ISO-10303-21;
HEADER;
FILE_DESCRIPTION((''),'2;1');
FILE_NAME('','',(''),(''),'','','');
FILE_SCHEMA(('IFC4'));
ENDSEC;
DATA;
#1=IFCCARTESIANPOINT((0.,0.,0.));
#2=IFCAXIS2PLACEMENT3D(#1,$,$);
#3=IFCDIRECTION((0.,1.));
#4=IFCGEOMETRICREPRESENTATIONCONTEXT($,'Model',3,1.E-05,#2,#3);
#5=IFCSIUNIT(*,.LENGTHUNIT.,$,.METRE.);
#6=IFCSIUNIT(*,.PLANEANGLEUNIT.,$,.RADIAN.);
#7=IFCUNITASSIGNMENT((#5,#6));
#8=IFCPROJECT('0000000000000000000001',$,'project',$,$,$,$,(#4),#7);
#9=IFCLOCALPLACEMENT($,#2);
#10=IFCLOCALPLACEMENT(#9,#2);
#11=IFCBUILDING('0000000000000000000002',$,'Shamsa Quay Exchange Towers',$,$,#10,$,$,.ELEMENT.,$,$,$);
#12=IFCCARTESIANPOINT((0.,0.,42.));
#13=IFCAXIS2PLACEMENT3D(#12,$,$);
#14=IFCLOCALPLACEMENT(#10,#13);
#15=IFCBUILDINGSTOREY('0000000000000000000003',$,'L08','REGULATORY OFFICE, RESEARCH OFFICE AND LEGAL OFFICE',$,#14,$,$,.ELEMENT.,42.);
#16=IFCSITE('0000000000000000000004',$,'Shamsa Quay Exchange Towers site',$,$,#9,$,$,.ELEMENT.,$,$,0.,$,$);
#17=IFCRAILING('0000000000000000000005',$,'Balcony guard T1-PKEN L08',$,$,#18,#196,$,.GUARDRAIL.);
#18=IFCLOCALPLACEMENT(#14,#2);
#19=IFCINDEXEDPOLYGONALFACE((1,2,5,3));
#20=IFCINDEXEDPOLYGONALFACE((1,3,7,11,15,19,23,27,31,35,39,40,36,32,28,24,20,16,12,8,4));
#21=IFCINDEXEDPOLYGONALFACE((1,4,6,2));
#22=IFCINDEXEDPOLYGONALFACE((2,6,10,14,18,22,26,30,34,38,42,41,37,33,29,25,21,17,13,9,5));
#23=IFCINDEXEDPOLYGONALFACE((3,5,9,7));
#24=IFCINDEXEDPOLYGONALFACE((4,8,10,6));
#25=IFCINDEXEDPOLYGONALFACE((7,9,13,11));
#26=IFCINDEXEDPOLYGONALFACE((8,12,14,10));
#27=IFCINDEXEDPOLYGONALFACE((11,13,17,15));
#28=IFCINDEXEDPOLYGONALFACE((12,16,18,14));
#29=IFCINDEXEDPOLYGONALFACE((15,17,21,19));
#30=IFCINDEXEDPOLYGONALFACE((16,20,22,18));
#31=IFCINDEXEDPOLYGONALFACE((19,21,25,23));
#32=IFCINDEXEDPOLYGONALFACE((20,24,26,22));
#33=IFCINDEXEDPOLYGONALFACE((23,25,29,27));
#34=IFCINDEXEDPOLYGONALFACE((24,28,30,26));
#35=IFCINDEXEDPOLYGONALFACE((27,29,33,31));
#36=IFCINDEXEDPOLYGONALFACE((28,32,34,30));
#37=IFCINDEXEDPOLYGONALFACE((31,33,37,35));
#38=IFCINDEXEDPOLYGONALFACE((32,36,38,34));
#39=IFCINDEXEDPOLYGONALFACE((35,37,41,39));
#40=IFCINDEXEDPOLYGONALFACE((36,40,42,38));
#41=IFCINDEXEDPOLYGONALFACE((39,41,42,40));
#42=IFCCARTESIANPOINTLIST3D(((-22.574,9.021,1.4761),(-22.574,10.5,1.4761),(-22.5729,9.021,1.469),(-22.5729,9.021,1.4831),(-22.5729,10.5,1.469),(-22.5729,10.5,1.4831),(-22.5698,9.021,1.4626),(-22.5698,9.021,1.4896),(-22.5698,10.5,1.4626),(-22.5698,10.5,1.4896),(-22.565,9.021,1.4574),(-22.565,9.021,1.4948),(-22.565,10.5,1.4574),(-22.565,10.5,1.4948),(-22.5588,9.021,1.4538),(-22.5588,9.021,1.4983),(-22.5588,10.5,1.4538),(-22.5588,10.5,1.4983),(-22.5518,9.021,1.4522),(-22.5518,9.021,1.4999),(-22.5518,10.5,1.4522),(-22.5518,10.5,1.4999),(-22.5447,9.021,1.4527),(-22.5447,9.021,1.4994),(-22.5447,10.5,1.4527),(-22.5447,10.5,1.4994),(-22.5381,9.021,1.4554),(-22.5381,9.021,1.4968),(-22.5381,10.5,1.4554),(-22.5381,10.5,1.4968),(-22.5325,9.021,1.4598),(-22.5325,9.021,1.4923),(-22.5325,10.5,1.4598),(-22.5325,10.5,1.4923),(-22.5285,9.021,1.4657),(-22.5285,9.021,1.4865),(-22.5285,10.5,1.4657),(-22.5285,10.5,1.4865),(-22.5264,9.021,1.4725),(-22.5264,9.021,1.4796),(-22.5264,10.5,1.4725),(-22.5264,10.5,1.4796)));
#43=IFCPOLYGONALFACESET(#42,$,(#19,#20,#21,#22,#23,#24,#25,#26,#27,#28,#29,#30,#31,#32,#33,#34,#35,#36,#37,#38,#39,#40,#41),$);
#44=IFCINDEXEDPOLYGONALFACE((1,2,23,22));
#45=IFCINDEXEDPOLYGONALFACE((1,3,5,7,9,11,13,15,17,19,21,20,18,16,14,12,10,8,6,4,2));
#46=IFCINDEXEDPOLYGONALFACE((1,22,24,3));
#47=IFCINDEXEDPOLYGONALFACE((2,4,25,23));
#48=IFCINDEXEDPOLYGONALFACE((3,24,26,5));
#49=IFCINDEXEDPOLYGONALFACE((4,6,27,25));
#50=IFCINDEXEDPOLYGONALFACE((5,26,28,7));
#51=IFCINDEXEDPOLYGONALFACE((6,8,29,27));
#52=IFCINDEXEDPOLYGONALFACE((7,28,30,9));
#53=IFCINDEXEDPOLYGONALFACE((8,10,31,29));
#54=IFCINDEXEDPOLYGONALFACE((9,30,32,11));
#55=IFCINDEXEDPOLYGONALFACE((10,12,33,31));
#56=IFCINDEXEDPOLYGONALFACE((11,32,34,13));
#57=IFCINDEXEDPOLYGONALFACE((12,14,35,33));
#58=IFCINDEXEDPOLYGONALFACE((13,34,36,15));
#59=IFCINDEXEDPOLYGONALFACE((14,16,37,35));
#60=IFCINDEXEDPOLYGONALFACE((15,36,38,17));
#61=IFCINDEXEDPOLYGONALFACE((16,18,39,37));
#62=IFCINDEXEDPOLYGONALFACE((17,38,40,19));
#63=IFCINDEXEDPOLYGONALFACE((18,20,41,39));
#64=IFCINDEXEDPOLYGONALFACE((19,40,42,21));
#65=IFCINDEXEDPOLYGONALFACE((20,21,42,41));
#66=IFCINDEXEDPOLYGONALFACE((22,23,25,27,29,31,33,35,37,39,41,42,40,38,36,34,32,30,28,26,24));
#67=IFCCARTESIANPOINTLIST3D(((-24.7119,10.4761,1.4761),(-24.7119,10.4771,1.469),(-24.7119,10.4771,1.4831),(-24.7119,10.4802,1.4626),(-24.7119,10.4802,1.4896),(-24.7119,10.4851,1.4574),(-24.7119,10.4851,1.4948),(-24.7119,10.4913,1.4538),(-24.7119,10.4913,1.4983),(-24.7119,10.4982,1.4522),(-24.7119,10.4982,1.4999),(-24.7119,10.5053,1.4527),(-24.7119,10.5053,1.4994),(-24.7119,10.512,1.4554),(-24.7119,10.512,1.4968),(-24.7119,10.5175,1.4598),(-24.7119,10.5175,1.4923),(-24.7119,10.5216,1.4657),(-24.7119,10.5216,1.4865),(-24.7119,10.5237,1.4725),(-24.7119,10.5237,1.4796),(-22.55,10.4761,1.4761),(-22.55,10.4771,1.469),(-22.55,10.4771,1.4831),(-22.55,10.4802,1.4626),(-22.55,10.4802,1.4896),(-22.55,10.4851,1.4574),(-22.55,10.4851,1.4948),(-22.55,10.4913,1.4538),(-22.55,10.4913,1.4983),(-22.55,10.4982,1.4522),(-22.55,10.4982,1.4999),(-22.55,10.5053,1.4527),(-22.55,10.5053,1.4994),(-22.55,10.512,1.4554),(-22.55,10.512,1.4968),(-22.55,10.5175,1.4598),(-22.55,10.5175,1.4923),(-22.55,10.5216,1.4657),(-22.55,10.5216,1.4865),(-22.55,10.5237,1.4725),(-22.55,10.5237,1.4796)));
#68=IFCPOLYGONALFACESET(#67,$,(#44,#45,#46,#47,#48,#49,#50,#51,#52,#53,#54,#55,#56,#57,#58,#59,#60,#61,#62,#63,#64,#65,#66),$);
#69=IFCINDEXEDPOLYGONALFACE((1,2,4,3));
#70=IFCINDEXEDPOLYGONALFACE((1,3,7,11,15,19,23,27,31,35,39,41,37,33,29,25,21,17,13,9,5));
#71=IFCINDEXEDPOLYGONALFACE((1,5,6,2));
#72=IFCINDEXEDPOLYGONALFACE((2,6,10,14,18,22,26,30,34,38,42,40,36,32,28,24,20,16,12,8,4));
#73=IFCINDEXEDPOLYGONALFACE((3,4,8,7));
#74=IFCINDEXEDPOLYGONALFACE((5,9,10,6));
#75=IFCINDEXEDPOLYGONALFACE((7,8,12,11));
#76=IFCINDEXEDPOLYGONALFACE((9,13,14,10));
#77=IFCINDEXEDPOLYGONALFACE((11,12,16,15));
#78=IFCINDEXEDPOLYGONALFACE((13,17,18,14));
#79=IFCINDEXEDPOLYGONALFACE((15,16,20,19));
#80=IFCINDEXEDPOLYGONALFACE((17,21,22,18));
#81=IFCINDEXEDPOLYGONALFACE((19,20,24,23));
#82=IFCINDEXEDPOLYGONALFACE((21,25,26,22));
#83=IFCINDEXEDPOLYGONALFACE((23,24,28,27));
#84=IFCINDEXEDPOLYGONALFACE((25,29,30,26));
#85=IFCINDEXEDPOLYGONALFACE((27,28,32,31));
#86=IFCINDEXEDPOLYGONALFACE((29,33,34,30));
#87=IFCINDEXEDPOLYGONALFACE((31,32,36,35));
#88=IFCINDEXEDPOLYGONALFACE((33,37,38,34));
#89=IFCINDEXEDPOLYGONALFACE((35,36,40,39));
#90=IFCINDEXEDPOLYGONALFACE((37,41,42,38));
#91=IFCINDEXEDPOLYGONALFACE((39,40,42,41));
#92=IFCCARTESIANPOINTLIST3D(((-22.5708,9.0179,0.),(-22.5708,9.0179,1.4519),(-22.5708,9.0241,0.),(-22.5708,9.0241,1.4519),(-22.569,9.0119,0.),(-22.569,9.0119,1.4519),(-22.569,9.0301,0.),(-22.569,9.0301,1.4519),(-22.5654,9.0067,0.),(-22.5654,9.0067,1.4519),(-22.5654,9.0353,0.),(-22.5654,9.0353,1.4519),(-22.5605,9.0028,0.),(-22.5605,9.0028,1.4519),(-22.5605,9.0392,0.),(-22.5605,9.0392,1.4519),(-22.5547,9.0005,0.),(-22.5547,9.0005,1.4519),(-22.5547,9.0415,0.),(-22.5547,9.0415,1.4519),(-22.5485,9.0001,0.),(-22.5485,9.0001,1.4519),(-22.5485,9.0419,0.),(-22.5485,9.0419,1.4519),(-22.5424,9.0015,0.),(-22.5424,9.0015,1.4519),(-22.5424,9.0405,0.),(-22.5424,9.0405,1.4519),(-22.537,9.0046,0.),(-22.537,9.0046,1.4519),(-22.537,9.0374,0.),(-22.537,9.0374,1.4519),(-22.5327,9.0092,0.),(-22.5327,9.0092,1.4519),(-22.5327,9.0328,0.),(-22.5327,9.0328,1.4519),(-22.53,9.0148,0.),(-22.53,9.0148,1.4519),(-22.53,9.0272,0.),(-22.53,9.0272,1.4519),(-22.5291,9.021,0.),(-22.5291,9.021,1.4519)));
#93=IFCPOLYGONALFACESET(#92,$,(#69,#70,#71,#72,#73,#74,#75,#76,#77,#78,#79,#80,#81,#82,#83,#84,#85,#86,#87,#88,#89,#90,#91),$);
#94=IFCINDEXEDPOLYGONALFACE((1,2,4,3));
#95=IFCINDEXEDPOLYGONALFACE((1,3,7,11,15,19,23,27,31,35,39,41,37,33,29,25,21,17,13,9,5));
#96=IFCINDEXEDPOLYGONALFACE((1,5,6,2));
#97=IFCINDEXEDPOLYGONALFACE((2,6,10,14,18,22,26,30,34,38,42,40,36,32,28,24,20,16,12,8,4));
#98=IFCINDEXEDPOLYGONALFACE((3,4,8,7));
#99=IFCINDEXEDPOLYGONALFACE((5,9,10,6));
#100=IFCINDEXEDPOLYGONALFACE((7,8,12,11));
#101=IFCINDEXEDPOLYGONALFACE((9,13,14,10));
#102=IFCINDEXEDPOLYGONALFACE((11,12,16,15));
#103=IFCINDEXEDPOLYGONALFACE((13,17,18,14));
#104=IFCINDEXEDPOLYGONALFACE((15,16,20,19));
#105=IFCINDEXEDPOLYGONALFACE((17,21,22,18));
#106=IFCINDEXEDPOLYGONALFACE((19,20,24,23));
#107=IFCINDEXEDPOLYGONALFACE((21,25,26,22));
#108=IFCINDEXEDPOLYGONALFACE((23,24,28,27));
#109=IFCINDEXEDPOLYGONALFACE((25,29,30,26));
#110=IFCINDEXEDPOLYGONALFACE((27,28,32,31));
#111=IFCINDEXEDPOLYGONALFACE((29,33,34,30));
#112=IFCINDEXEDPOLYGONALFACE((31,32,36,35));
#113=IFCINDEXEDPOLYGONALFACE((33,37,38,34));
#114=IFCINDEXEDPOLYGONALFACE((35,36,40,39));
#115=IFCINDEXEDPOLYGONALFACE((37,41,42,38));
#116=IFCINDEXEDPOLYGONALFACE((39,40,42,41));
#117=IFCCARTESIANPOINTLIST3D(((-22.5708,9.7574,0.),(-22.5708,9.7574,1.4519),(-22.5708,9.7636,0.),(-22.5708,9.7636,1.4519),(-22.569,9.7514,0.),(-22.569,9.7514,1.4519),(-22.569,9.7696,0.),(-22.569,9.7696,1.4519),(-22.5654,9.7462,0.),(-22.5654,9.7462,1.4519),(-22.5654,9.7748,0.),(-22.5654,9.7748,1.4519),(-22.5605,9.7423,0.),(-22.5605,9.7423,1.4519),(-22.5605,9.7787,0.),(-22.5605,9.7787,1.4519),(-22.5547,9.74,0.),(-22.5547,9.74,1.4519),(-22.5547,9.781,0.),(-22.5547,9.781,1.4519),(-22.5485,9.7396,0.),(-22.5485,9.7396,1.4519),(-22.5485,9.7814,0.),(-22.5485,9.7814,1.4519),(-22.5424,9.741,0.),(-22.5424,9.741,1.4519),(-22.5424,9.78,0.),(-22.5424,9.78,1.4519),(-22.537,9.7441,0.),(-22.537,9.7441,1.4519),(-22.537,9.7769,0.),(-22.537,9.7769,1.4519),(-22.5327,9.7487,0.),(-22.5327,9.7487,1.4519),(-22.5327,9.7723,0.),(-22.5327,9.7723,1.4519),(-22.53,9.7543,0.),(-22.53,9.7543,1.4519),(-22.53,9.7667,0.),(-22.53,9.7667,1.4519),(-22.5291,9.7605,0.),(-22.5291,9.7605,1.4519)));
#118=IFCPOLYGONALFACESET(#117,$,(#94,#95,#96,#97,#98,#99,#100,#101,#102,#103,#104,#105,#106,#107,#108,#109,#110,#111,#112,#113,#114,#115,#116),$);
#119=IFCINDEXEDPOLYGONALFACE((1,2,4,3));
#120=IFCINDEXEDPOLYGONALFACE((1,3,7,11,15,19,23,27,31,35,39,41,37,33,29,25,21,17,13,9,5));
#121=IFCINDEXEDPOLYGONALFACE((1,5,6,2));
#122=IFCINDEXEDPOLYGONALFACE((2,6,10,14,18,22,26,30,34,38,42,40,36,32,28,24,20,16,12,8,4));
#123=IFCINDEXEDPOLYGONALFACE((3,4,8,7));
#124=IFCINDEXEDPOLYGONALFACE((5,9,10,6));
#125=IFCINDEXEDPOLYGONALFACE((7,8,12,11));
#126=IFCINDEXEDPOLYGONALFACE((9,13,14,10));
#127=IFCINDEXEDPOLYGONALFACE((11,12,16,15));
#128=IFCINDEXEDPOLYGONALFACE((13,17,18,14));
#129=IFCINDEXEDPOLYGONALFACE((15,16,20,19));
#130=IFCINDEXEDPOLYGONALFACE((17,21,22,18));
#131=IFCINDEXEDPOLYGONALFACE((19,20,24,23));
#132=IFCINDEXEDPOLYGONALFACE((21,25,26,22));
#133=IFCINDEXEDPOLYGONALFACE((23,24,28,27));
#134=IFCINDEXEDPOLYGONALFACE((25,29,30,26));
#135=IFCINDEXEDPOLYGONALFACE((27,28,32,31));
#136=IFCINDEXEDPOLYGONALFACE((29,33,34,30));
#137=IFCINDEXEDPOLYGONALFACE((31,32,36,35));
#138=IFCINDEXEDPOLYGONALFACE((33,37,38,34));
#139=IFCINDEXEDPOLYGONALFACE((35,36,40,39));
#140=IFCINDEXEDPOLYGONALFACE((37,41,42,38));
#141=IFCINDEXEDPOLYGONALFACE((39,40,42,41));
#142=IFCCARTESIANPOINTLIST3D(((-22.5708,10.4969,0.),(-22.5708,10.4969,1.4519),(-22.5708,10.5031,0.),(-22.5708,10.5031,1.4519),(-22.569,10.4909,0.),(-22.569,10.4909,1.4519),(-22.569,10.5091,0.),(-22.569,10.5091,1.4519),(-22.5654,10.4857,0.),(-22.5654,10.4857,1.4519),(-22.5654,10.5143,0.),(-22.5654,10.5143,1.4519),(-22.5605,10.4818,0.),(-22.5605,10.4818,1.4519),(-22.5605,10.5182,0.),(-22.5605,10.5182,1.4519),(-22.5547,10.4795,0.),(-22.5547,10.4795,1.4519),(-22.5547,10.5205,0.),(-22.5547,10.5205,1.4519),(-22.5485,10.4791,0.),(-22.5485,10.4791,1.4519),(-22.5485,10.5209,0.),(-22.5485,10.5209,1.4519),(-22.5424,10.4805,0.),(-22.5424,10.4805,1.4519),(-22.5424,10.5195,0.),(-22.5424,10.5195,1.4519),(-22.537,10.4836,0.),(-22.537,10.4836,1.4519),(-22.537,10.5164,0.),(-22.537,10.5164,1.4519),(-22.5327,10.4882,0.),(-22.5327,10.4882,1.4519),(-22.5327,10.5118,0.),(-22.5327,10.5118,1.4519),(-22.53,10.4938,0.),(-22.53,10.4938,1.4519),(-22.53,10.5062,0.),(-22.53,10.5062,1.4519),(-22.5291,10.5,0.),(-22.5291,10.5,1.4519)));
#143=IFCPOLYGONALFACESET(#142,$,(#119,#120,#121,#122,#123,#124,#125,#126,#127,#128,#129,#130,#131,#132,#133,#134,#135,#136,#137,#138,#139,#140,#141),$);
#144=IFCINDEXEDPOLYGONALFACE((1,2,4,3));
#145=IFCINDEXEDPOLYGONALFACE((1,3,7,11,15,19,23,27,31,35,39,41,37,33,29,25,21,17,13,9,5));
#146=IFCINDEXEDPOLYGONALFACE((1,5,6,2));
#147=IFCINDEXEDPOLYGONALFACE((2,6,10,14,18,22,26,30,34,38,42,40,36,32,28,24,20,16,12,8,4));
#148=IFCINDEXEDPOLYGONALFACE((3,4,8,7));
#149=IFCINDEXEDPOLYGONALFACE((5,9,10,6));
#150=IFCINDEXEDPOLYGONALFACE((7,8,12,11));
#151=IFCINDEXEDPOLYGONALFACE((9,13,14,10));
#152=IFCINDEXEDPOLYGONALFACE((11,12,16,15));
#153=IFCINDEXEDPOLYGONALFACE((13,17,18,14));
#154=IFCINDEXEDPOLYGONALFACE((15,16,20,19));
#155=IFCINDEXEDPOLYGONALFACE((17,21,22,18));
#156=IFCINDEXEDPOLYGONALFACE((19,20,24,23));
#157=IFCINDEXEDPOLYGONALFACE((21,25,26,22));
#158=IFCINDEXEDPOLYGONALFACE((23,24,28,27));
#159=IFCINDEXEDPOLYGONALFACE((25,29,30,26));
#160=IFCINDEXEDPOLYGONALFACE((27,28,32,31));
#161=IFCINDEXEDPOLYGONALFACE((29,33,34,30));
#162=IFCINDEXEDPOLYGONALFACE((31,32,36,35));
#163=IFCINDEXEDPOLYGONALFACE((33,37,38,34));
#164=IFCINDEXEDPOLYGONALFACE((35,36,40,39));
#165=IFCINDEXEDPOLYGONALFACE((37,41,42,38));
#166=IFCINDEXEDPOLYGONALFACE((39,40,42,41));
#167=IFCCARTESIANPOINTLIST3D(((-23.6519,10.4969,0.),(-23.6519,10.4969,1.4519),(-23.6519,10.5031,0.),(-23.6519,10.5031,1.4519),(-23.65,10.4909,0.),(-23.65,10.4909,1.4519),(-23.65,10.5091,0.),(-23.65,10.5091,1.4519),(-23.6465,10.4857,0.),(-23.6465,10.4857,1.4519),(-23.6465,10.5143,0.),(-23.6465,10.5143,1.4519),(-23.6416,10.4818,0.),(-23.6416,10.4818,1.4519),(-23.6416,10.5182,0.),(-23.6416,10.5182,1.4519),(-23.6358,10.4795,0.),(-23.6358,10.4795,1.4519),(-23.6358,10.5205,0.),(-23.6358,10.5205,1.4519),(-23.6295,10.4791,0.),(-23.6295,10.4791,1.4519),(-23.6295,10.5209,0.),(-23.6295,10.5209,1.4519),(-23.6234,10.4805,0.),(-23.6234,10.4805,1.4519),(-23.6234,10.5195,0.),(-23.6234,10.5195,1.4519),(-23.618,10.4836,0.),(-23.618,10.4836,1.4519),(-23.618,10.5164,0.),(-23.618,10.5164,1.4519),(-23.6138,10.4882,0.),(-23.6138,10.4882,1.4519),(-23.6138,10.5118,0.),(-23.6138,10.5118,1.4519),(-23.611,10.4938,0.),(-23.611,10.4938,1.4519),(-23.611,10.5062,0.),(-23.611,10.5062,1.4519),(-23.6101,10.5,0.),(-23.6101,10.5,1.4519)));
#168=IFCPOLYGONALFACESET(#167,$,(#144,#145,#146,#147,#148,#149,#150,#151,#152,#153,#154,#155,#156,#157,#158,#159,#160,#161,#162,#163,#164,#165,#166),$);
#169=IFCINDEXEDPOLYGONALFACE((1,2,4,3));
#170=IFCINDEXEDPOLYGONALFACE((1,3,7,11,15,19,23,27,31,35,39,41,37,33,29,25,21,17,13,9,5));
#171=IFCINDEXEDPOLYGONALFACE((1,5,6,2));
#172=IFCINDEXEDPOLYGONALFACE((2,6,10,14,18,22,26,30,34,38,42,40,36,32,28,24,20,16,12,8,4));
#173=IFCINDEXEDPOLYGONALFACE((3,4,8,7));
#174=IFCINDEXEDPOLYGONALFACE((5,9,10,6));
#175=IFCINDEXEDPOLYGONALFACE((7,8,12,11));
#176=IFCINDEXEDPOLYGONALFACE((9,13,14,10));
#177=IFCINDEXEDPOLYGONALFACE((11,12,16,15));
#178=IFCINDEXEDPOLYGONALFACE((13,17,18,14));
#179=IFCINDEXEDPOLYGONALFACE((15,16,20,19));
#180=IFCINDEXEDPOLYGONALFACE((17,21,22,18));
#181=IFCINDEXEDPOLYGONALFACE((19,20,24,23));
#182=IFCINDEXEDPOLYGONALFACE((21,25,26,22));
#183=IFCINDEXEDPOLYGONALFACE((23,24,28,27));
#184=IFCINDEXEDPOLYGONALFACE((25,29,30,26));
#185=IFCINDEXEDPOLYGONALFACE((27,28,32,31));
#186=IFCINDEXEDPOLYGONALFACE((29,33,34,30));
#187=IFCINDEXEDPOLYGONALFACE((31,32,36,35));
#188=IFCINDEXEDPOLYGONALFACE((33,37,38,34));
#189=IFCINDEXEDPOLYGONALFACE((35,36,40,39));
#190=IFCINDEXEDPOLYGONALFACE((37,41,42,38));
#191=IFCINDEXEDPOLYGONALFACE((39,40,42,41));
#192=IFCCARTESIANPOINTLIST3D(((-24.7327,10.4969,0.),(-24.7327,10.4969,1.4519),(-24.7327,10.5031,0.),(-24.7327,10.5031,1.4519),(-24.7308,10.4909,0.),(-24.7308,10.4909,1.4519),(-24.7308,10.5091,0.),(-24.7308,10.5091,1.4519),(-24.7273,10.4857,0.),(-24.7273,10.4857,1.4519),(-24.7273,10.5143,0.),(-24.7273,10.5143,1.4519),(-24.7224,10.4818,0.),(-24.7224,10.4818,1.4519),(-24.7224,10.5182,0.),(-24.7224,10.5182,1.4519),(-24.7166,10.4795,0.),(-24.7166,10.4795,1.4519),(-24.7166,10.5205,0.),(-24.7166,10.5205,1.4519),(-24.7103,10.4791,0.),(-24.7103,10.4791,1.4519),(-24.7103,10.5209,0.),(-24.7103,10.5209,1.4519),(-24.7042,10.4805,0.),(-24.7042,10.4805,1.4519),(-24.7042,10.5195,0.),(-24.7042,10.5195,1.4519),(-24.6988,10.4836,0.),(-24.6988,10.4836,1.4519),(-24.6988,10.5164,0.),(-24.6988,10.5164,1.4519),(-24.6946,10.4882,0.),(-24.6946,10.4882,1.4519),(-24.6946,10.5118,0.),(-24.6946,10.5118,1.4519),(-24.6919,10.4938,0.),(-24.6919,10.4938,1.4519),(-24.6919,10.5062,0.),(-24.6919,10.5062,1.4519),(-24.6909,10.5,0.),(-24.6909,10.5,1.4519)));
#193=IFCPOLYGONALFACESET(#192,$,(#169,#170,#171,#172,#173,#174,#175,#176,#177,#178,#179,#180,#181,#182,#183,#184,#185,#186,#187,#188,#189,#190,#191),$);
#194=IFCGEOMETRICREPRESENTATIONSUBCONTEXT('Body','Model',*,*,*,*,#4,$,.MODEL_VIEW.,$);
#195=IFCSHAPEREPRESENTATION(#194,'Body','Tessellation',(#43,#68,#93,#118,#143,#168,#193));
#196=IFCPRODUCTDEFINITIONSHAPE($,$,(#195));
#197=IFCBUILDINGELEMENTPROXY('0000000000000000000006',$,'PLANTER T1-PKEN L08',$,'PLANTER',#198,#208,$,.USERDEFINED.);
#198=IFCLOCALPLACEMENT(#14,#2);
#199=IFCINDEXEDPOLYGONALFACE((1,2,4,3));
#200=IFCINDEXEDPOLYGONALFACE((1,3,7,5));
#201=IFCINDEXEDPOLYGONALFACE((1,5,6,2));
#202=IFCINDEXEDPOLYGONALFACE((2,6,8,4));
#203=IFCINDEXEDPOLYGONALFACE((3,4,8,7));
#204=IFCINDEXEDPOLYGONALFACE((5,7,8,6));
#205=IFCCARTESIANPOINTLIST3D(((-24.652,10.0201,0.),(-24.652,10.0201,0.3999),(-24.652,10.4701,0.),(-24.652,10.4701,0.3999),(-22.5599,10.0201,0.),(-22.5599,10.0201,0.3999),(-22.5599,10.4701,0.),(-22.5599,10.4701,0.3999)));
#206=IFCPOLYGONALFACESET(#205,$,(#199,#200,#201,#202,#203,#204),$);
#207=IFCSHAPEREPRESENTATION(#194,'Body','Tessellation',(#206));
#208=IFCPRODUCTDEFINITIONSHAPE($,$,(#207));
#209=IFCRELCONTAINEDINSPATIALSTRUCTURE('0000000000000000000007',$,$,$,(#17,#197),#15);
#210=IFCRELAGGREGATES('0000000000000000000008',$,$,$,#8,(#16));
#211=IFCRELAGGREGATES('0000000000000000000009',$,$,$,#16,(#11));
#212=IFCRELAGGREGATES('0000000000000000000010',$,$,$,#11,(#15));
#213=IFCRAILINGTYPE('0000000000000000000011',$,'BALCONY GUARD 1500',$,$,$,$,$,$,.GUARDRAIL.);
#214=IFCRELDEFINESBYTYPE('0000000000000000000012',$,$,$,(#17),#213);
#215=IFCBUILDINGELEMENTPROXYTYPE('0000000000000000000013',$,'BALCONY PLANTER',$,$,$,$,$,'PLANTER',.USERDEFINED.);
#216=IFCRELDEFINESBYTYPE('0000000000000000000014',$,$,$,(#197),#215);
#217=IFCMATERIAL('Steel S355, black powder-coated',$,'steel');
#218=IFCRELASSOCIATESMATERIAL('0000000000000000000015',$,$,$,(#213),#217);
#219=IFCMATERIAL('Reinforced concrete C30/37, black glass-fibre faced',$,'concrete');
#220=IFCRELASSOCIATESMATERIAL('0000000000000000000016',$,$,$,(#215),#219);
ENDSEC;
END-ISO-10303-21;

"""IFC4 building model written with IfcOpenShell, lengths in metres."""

from ifc_helpers import new_model, si_unit, direction, frame, origin, origin_2d, place, context, subcontext, project, spatial, rectangle, circle, extrude, material, type_object, element, save


model = new_model("IFC4")

# Units and contexts
model_context = context("Model", 3, precision=1e-05, world=origin(), true_north=direction((0.0, 1.0)))
body_context = subcontext(model_context, "Body", "Model", "MODEL_VIEW")
ifc_project = project(units=[si_unit("LENGTHUNIT", "METRE"), si_unit("PLANEANGLEUNIT", "RADIAN")], contexts=[model_context])

# Site, building, storey
site_placement = place(None, origin())
site = spatial("IfcSite", under=ifc_project, at=site_placement, Name="Shamsa Quay Exchange Towers site", CompositionType="ELEMENT", RefElevation=0.0)
building_placement = place(site_placement, origin())
building = spatial("IfcBuilding", under=site, at=building_placement, Name="Shamsa Quay Exchange Towers", CompositionType="ELEMENT")
storey_placement = place(building_placement, frame((0.0, 0.0, 42.0)))
storey = spatial("IfcBuildingStorey", under=building, at=storey_placement, Name="L08", Description="REGULATORY OFFICE, RESEARCH OFFICE AND LEGAL OFFICE", CompositionType="ELEMENT", Elevation=42.0)

# Railing
ifc_material_1 = material(Name="Steel S355, black powder-coated", Category="steel")
railing_type = type_object("IfcRailingType", Name="BALCONY GUARD 1500", PredefinedType="GUARDRAIL", material=ifc_material_1)
railing_placement = place(storey_placement, frame((-22.55, 9.021, 0.0)))
element("IfcRailing", 1, at=railing_placement, inside=storey, type_object=railing_type, Name="Balcony guard T1-PKEN L08", PredefinedType="GUARDRAIL", context=body_context, shape_type="SweptSolid", body=[
    extrude(circle(Radius=0.0239, at=origin_2d()), frame((0.0, 0.0, 1.4761), z_axis=(0.0, 1.0, 0.0), x_axis=(-1.0, 0.0, 0.0)), (0.0, 0.0, 1.0), 1.479),
    extrude(circle(Radius=0.0239, at=origin_2d()), frame((0.0, 1.479, 1.4761), z_axis=(-1.0, 0.0, 0.0), x_axis=(0.0, -1.0, 0.0)), (0.0, 0.0, 1.0), 2.1619),
    extrude(circle(Radius=0.021, at=origin_2d()), origin(), (0.0, 0.0, 1.0), 1.4519),
    extrude(circle(Radius=0.021, at=origin_2d()), frame((0.0, 0.7395, 0.0)), (0.0, 0.0, 1.0), 1.4519),
    extrude(circle(Radius=0.021, at=origin_2d()), frame((0.0, 1.479, 0.0)), (0.0, 0.0, 1.0), 1.4519),
    extrude(circle(Radius=0.021, at=origin_2d()), frame((-1.0811, 1.479, 0.0)), (0.0, 0.0, 1.0), 1.4519),
    extrude(circle(Radius=0.021, at=origin_2d()), frame((-2.1619, 1.479, 0.0)), (0.0, 0.0, 1.0), 1.4519),
])

# Building element proxy
ifc_material_2 = material(Name="Reinforced concrete C30/37, black glass-fibre faced", Category="concrete")
building_element_proxy_type = type_object("IfcBuildingElementProxyType", Name="BALCONY PLANTER", ElementType="PLANTER", PredefinedType="USERDEFINED", material=ifc_material_2)
proxy_placement = place(storey_placement, frame((-23.606, 10.2451, 0.0), z_axis=(0.0, 0.0, 1.0), x_axis=(-1.0, 0.0, 0.0)))
element("IfcBuildingElementProxy", 2, at=proxy_placement, inside=storey, type_object=building_element_proxy_type, Name="PLANTER T1-PKEN L08", ObjectType="PLANTER", PredefinedType="USERDEFINED", context=body_context, shape_type="SweptSolid", body=[
    extrude(rectangle(XDim=2.092, YDim=0.45, at=origin_2d()), origin(), (0.0, 0.0, 1.0), 0.3999),
])

save(model, "model.ifc")
